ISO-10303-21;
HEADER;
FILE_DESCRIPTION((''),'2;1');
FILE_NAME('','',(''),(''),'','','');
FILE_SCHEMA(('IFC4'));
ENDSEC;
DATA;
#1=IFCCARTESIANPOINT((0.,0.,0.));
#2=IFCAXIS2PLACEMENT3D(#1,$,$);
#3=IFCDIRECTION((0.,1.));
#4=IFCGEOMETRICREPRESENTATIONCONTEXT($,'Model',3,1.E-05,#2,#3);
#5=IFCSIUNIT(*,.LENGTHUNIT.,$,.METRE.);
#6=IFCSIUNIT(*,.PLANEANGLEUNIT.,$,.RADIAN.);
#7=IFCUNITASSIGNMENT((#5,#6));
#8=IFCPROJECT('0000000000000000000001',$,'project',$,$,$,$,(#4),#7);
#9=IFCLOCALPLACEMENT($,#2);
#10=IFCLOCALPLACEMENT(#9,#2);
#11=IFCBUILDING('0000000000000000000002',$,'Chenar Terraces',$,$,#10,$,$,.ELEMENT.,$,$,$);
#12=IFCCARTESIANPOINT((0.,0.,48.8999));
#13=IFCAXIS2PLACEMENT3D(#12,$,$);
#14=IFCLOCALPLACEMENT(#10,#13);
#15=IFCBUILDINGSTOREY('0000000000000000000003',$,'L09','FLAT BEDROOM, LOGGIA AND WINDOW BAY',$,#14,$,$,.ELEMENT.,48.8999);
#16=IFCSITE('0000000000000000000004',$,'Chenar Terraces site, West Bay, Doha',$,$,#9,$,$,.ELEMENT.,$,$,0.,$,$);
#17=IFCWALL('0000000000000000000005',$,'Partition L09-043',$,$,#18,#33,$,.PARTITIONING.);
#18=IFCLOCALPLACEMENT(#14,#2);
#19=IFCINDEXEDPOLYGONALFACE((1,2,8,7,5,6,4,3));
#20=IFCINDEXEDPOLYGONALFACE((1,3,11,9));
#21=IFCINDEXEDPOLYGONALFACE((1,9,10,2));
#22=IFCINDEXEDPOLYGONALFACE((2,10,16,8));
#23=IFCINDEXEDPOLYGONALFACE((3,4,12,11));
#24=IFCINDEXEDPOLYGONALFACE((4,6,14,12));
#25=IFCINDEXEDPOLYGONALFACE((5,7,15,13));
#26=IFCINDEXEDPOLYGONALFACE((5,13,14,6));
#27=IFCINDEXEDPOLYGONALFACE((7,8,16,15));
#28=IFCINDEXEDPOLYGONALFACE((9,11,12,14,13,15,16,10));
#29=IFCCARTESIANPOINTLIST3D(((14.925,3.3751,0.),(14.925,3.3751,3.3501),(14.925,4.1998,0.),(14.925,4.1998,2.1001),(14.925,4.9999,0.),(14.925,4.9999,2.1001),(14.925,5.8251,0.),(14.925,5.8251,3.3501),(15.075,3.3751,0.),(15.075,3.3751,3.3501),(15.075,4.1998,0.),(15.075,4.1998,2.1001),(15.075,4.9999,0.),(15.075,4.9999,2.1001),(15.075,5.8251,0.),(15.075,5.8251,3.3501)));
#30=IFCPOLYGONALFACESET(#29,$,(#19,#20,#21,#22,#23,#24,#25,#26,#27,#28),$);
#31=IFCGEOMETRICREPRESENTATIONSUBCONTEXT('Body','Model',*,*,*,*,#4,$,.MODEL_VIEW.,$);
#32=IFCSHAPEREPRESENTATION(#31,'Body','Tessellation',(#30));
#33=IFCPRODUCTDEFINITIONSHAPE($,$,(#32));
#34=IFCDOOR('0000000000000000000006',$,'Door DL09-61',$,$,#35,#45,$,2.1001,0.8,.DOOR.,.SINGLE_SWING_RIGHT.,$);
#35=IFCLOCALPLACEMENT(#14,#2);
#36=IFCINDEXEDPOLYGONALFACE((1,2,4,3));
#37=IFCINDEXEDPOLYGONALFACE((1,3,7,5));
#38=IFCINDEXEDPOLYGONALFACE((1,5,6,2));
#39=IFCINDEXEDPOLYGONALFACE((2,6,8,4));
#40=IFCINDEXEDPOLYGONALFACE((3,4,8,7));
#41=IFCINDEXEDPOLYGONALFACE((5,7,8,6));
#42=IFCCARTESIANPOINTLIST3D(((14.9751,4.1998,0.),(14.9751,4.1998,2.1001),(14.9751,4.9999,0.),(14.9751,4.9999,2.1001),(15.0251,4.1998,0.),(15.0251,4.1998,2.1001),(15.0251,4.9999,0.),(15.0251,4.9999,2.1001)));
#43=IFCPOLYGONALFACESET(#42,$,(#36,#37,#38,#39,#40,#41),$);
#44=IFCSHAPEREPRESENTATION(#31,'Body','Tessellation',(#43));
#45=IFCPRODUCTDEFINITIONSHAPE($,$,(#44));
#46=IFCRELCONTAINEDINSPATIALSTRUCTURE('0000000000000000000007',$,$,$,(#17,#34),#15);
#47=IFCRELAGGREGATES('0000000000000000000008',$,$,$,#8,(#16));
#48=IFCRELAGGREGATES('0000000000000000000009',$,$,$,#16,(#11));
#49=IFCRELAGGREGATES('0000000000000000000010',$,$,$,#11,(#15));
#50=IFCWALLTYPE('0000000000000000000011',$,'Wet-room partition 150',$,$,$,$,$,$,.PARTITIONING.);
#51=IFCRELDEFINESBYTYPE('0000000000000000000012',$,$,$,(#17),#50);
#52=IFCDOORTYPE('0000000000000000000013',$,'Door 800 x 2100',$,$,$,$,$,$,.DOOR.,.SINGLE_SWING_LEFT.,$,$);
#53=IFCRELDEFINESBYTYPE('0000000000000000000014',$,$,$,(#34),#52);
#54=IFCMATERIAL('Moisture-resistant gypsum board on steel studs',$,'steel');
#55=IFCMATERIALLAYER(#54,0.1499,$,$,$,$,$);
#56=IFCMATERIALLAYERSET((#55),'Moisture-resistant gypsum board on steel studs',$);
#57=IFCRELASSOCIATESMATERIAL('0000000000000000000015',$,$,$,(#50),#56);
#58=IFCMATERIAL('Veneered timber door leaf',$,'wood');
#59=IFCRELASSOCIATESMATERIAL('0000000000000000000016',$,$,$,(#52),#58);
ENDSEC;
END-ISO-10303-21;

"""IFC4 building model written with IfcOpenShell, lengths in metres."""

from ifc_helpers import new_model, si_unit, direction, frame, frame_2d, origin, place, context, subcontext, project, spatial, rectangle, extrude, material, layer, layer_set, type_object, element, fill, save


model = new_model("IFC4")

# Units and contexts
model_context = context("Model", 3, precision=1e-05, world=origin(), true_north=direction((0.0, 1.0)))
body_context = subcontext(model_context, "Body", "Model", "MODEL_VIEW")
ifc_project = project(units=[si_unit("LENGTHUNIT", "METRE"), si_unit("PLANEANGLEUNIT", "RADIAN")], contexts=[model_context])

# Site, building, storey
site_placement = place(None, origin())
site = spatial("IfcSite", under=ifc_project, at=site_placement, Name="Chenar Terraces site, West Bay, Doha", CompositionType="ELEMENT", RefElevation=0.0)
building_placement = place(site_placement, origin())
building = spatial("IfcBuilding", under=site, at=building_placement, Name="Chenar Terraces", CompositionType="ELEMENT")
storey_placement = place(building_placement, frame((0.0, 0.0, 48.8999)))
storey = spatial("IfcBuildingStorey", under=building, at=storey_placement, Name="L09", Description="FLAT BEDROOM, LOGGIA AND WINDOW BAY", CompositionType="ELEMENT", Elevation=48.8999)

# Shared definitions
ifc_material_1 = material(Name="Moisture-resistant gypsum board on steel studs", Category="steel")
ifc_layer_1 = layer(ifc_material_1, 0.1499)
ifc_layer_set_1 = layer_set([ifc_layer_1], Name="Moisture-resistant gypsum board on steel studs")
wall_type_1 = type_object("IfcWallType", Name="Wet-room partition 150", PredefinedType="PARTITIONING", material=ifc_layer_set_1)

# Wall, opening, door
wall_1_placement = place(storey_placement, frame((15.0, 3.375, 0.0), z_axis=(0.0, 0.0, 1.0), x_axis=(0.0, 1.0, 0.0)))
wall_1 = element("IfcWall", 1, at=wall_1_placement, inside=storey, type_object=wall_type_1, Name="Partition L09-043", PredefinedType="PARTITIONING", context=body_context, shape_type="SweptSolid", body=[
    extrude(rectangle(XDim=2.45, YDim=0.1499, at=frame_2d((1.2251, 0.0))), origin(), (0.0, 0.0, 1.0), 3.3501),
])
opening_1_placement = place(wall_1_placement, frame((0.825, 0.0, 0.0)))
opening_1 = element("IfcOpeningElement", 2, at=opening_1_placement, cuts=wall_1, PredefinedType="OPENING", context=body_context, shape_type="SweptSolid", body=[
    extrude(rectangle(XDim=0.8, YDim=2.1001, at=frame_2d((0.3999, 1.05))), frame((0.0, 0.085, 0.0), z_axis=(0.0, -1.0, 0.0), x_axis=(1.0, 0.0, 0.0)), (0.0, 0.0, 1.0), 0.1699),
])
ifc_material_2 = material(Name="Veneered timber door leaf", Category="wood")
door_type_1 = type_object("IfcDoorType", Name="Door 800 x 2100", OperationType="SINGLE_SWING_LEFT", PredefinedType="DOOR", material=ifc_material_2)
door_1_placement = place(opening_1_placement, origin())
door_1 = element("IfcDoor", 3, at=door_1_placement, inside=storey, type_object=door_type_1, Name="Door DL09-61", OperationType="SINGLE_SWING_RIGHT", OverallHeight=2.1001, OverallWidth=0.8, PredefinedType="DOOR", context=body_context, shape_type="SweptSolid", body=[
    extrude(rectangle(XDim=0.8, YDim=2.1001, at=frame_2d((0.3999, 1.05))), frame((0.0, 0.0249, 0.0), z_axis=(0.0, -1.0, 0.0), x_axis=(1.0, 0.0, 0.0)), (0.0, 0.0, 1.0), 0.05),
])
fill(opening_1, door_1)

save(model, "model.ifc")
